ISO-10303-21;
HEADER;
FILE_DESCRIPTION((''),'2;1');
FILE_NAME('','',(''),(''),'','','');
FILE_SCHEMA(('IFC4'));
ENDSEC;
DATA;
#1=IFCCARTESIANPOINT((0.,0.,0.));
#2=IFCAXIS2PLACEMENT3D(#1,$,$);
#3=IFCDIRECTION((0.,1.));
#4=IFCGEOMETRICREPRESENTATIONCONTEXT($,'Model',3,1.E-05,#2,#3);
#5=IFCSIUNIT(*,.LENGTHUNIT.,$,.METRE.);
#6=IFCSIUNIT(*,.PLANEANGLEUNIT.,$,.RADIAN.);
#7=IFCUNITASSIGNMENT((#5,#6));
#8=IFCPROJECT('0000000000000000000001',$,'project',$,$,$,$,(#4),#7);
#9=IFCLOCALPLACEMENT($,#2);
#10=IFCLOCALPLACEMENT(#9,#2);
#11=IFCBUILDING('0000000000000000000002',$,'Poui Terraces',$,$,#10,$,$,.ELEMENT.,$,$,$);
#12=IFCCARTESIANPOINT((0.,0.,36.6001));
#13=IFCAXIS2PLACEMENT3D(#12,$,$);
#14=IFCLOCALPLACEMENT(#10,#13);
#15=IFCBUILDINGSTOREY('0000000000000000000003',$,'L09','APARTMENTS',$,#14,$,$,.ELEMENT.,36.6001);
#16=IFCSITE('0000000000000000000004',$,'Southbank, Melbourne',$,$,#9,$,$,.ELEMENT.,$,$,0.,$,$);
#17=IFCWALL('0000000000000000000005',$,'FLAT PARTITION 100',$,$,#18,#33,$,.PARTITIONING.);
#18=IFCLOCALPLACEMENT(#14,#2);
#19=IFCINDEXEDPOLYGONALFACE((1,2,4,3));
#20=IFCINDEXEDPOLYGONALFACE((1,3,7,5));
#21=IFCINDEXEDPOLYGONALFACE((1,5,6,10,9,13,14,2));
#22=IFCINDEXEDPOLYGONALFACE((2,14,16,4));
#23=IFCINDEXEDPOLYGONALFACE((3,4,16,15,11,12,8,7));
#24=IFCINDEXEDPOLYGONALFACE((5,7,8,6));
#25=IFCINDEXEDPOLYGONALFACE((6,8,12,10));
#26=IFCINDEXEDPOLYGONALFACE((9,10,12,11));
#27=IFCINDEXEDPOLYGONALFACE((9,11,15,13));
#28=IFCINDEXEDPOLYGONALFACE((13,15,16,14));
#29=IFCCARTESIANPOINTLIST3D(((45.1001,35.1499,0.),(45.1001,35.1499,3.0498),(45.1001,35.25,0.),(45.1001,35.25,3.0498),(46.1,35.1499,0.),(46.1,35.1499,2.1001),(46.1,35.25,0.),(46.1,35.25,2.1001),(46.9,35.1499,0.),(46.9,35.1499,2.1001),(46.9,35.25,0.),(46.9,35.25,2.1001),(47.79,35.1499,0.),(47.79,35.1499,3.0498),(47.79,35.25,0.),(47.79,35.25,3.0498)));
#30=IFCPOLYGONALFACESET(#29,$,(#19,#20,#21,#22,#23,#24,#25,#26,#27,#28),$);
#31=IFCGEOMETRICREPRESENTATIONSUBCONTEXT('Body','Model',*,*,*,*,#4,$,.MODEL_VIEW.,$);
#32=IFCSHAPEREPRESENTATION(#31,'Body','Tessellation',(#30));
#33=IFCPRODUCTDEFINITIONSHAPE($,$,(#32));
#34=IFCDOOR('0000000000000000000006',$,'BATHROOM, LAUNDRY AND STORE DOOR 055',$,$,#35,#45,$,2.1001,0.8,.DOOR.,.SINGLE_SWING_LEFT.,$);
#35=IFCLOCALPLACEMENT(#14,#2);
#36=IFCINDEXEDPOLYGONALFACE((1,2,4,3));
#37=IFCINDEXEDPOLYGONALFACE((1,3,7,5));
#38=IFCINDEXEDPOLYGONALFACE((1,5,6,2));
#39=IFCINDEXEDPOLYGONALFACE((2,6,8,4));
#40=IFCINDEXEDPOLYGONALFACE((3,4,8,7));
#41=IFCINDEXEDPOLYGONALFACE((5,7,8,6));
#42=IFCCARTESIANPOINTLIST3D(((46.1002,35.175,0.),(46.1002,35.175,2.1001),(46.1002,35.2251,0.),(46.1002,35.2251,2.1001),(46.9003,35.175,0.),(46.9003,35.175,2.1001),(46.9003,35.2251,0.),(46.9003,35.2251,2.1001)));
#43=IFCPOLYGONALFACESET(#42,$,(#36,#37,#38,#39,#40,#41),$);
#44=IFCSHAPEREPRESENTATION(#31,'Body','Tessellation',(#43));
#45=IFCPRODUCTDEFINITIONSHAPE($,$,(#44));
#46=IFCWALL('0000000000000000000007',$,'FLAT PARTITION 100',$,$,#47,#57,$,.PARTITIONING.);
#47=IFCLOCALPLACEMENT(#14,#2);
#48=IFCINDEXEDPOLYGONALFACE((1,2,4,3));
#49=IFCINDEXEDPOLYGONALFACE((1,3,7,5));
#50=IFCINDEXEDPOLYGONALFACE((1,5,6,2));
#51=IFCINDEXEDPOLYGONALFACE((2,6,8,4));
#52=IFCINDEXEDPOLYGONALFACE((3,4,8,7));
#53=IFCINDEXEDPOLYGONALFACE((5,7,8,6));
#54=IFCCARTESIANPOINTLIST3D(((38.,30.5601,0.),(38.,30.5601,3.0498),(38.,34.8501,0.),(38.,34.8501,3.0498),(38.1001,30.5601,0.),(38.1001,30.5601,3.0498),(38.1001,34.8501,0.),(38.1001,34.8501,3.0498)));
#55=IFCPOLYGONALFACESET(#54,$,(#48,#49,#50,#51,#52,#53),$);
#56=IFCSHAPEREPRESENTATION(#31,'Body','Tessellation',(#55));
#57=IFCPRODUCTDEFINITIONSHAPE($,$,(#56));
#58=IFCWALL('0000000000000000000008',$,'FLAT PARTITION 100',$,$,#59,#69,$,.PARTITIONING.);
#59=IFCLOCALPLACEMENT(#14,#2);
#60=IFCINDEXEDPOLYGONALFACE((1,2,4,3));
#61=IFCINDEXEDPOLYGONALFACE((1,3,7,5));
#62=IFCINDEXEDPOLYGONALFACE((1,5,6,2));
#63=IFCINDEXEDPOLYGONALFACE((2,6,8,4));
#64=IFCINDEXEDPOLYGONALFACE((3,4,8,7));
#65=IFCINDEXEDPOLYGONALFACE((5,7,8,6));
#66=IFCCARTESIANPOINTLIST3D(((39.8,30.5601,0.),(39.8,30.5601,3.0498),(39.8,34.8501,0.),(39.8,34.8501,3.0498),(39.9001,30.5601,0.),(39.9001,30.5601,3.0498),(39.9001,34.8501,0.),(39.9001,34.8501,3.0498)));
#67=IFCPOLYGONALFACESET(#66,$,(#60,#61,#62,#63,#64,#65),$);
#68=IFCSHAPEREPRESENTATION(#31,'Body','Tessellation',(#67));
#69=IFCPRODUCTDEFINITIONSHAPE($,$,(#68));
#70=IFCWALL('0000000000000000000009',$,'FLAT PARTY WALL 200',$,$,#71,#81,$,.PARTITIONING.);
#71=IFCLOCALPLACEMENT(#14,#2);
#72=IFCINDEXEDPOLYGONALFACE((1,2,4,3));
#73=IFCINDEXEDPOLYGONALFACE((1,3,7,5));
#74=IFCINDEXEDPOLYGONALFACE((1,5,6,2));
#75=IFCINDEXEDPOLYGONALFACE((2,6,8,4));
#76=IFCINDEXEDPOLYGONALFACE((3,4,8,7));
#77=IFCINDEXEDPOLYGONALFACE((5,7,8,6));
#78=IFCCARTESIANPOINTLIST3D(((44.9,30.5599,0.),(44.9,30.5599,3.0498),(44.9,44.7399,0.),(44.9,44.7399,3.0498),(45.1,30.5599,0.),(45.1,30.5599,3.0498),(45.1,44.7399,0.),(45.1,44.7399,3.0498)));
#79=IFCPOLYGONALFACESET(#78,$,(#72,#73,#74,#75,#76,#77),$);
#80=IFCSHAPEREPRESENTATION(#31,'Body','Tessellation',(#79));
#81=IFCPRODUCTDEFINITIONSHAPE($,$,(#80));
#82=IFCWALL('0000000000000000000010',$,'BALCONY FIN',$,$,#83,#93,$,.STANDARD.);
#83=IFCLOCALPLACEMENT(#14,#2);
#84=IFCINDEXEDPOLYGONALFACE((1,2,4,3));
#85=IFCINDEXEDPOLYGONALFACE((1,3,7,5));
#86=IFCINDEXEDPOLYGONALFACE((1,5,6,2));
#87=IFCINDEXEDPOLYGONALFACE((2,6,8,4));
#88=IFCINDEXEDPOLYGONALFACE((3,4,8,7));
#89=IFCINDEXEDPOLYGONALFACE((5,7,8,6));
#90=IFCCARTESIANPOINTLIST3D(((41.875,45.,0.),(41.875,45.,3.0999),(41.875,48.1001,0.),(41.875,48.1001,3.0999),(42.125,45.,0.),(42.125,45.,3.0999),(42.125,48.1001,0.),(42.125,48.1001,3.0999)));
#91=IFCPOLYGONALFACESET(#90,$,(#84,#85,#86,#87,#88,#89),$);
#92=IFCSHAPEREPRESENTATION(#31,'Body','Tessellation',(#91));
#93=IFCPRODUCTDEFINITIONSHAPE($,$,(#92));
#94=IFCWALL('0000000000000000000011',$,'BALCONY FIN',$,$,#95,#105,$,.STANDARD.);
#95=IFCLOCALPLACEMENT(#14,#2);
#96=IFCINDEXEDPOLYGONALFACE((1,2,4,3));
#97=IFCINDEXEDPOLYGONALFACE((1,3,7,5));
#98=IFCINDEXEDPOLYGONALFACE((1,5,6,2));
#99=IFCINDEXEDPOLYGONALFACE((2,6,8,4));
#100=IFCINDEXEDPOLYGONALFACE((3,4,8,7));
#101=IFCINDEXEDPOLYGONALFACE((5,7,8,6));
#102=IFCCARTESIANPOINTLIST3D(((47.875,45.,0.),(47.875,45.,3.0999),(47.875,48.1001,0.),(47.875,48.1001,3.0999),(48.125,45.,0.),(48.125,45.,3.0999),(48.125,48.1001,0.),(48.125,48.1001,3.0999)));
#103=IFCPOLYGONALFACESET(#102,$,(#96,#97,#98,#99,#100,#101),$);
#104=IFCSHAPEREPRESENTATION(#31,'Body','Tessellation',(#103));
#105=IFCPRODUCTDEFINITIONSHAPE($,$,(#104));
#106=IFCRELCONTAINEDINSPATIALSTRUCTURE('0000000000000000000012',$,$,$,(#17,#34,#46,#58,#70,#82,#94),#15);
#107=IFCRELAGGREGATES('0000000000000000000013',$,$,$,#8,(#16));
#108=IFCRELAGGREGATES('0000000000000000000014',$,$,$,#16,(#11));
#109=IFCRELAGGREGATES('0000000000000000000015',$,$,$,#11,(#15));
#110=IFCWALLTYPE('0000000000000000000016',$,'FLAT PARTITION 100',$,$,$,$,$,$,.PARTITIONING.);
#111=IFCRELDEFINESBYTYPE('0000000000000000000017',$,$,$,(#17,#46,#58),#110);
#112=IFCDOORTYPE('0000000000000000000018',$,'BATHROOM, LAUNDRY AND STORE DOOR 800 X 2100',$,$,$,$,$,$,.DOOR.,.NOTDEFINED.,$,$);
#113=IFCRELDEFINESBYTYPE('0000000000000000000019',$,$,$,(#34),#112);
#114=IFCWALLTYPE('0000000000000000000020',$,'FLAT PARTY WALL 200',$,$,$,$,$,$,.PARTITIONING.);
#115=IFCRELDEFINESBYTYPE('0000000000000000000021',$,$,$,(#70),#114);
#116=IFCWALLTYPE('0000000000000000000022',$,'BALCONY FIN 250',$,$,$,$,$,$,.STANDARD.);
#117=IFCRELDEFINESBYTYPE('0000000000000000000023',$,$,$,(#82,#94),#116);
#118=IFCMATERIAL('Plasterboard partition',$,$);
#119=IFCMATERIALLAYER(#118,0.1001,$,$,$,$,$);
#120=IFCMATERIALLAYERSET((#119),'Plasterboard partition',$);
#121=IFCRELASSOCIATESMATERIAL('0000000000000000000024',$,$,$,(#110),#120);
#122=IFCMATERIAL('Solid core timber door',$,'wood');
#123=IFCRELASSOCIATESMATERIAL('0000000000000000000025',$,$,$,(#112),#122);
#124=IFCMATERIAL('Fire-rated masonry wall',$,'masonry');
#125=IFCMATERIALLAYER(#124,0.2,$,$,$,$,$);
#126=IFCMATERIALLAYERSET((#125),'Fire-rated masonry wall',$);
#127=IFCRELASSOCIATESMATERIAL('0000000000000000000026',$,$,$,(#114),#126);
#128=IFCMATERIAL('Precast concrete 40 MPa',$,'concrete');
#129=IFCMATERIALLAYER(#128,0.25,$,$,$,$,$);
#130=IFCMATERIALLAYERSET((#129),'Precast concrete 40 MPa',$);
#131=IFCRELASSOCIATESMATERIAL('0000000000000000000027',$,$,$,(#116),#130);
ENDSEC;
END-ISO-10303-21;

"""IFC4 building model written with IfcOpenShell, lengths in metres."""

from ifc_helpers import new_model, si_unit, direction, frame, frame_2d, origin, place, context, subcontext, project, spatial, polyline, rectangle, outline, extrude, source, transform, mapped, material, layer, layer_set, type_object, element, fill, save


model = new_model("IFC4")

# Units and contexts
model_context = context("Model", 3, precision=1e-05, world=origin(), true_north=direction((0.0, 1.0)))
body_context = subcontext(model_context, "Body", "Model", "MODEL_VIEW")
ifc_project = project(units=[si_unit("LENGTHUNIT", "METRE"), si_unit("PLANEANGLEUNIT", "RADIAN")], contexts=[model_context])

# Site, building, storey
site_placement = place(None, origin())
site = spatial("IfcSite", under=ifc_project, at=site_placement, Name="Southbank, Melbourne", CompositionType="ELEMENT", RefElevation=0.0)
building_placement = place(site_placement, origin())
building = spatial("IfcBuilding", under=site, at=building_placement, Name="Poui Terraces", CompositionType="ELEMENT")
storey_placement = place(building_placement, frame((0.0, 0.0, 36.6001)))
storey = spatial("IfcBuildingStorey", under=building, at=storey_placement, Name="L09", Description="APARTMENTS", CompositionType="ELEMENT", Elevation=36.6001)

# Wall, opening, door
ifc_material_1 = material(Name="Solid core timber door", Category="wood")
ifc_material_2 = material(Name="Plasterboard partition")
ifc_layer_1 = layer(ifc_material_2, 0.1001)
ifc_layer_set_1 = layer_set([ifc_layer_1], Name="Plasterboard partition")
wall_type_1 = type_object("IfcWallType", Name="FLAT PARTITION 100", PredefinedType="PARTITIONING", material=ifc_layer_set_1)
door_type_1 = type_object("IfcDoorType", Name="BATHROOM, LAUNDRY AND STORE DOOR 800 X 2100", OperationType="NOTDEFINED", PredefinedType="DOOR", material=ifc_material_1)
wall_1_placement = place(storey_placement, frame((45.1001, 35.2, 0.0), z_axis=(0.0, 0.0, 1.0), x_axis=(1.0, 0.0, 0.0)))
wall_1 = element("IfcWall", 1, at=wall_1_placement, inside=storey, type_object=wall_type_1, Name="FLAT PARTITION 100", PredefinedType="PARTITIONING", context=body_context, shape_type="SweptSolid", body=[
    extrude(rectangle(XDim=2.6899, YDim=0.1001, at=frame_2d((1.345, 0.0))), origin(), (0.0, 0.0, 1.0), 3.0498),
])
opening_1_placement = place(wall_1_placement, frame((1.0, 0.0, 0.0)))
opening_1 = element("IfcOpeningElement", 2, at=opening_1_placement, cuts=wall_1, PredefinedType="OPENING", context=body_context, shape_type="SweptSolid", body=[
    extrude(rectangle(XDim=0.8, YDim=2.1001, at=frame_2d((0.3999, 1.05))), frame((0.0, 0.0601, 0.0), z_axis=(0.0, -1.0, 0.0), x_axis=(1.0, 0.0, 0.0)), (0.0, 0.0, 1.0), 0.1201),
])
door_1_placement = place(opening_1_placement, frame((0.8, 0.0, 0.0), z_axis=(0.0, 0.0, 1.0), x_axis=(-1.0, 0.0, 0.0)))
door_1 = element("IfcDoor", 3, at=door_1_placement, inside=storey, type_object=door_type_1, Name="BATHROOM, LAUNDRY AND STORE DOOR 055", OperationType="SINGLE_SWING_LEFT", OverallHeight=2.1001, OverallWidth=0.8, PredefinedType="DOOR", context=body_context, shape_type="SweptSolid", body=[
    extrude(rectangle(XDim=0.8, YDim=2.1001, at=frame_2d((0.3999, 1.05))), frame((0.0, 0.0249, 0.0), z_axis=(0.0, -1.0, 0.0), x_axis=(1.0, 0.0, 0.0)), (0.0, 0.0, 1.0), 0.05),
])
fill(opening_1, door_1)

# Walls
for number, where, z_axis, x_axis, name in (
    (4, (38.05, 30.5601, 0.0), (0.0, 0.0, 1.0), (0.0, 1.0, 0.0), "FLAT PARTITION 100"),
    (5, (39.8501, 30.5601, 0.0), (0.0, 0.0, 1.0), (0.0, 1.0, 0.0), "FLAT PARTITION 100"),
):
    element("IfcWall", number, at=place(storey_placement, frame(where, z_axis=z_axis, x_axis=x_axis)), inside=storey, type_object=wall_type_1, Name=name, PredefinedType="PARTITIONING", context=body_context, shape_type="SweptSolid", body=[
        extrude(rectangle(XDim=4.29, YDim=0.1001, at=frame_2d((2.145, 0.0))), origin(), (0.0, 0.0, 1.0), 3.0498),
    ])
ifc_material_3 = material(Name="Fire-rated masonry wall", Category="masonry")
ifc_layer_2 = layer(ifc_material_3, 0.2)
ifc_layer_set_2 = layer_set([ifc_layer_2], Name="Fire-rated masonry wall")
wall_type_2 = type_object("IfcWallType", Name="FLAT PARTY WALL 200", PredefinedType="PARTITIONING", material=ifc_layer_set_2)
wall_2_placement = place(storey_placement, frame((45.0, 30.5601, 0.0), z_axis=(0.0, 0.0, 1.0), x_axis=(0.0, 1.0, 0.0)))
element("IfcWall", 6, at=wall_2_placement, inside=storey, type_object=wall_type_2, Name="FLAT PARTY WALL 200", PredefinedType="PARTITIONING", context=body_context, shape_type="SweptSolid", body=[
    extrude(rectangle(XDim=14.1799, YDim=0.2, at=frame_2d((7.0898, 0.0))), origin(), (0.0, 0.0, 1.0), 3.0498),
])
ifc_material_4 = material(Name="Precast concrete 40 MPa", Category="concrete")
ifc_layer_3 = layer(ifc_material_4, 0.25)
ifc_layer_set_3 = layer_set([ifc_layer_3], Name="Precast concrete 40 MPa")
wall_type_3 = type_object("IfcWallType", Name="BALCONY FIN 250", PredefinedType="STANDARD", material=ifc_layer_set_3)
shared_shape_1 = source(origin(), body_context, "Body", "SweptSolid", [
    extrude(outline(polyline([(0.0, 0.0), (0.25, 0.0), (0.25, 3.1001), (0.0, 3.1001), (0.0, 0.0)])), origin(), (0.0, 0.0, 1.0), 3.0999),
])
for number, where, name in (
    (7, (41.875, 45.0, 0.0), "BALCONY FIN"),
    (8, (47.875, 45.0, 0.0), "BALCONY FIN"),
):
    element("IfcWall", number, at=place(storey_placement, frame(where)), inside=storey, type_object=wall_type_3, Name=name, PredefinedType="STANDARD", context=body_context, shape_type="MappedRepresentation", body=[
        mapped(shared_shape_1, transform((0.0, 0.0, 0.0))),
    ])

save(model, "model.ifc")
